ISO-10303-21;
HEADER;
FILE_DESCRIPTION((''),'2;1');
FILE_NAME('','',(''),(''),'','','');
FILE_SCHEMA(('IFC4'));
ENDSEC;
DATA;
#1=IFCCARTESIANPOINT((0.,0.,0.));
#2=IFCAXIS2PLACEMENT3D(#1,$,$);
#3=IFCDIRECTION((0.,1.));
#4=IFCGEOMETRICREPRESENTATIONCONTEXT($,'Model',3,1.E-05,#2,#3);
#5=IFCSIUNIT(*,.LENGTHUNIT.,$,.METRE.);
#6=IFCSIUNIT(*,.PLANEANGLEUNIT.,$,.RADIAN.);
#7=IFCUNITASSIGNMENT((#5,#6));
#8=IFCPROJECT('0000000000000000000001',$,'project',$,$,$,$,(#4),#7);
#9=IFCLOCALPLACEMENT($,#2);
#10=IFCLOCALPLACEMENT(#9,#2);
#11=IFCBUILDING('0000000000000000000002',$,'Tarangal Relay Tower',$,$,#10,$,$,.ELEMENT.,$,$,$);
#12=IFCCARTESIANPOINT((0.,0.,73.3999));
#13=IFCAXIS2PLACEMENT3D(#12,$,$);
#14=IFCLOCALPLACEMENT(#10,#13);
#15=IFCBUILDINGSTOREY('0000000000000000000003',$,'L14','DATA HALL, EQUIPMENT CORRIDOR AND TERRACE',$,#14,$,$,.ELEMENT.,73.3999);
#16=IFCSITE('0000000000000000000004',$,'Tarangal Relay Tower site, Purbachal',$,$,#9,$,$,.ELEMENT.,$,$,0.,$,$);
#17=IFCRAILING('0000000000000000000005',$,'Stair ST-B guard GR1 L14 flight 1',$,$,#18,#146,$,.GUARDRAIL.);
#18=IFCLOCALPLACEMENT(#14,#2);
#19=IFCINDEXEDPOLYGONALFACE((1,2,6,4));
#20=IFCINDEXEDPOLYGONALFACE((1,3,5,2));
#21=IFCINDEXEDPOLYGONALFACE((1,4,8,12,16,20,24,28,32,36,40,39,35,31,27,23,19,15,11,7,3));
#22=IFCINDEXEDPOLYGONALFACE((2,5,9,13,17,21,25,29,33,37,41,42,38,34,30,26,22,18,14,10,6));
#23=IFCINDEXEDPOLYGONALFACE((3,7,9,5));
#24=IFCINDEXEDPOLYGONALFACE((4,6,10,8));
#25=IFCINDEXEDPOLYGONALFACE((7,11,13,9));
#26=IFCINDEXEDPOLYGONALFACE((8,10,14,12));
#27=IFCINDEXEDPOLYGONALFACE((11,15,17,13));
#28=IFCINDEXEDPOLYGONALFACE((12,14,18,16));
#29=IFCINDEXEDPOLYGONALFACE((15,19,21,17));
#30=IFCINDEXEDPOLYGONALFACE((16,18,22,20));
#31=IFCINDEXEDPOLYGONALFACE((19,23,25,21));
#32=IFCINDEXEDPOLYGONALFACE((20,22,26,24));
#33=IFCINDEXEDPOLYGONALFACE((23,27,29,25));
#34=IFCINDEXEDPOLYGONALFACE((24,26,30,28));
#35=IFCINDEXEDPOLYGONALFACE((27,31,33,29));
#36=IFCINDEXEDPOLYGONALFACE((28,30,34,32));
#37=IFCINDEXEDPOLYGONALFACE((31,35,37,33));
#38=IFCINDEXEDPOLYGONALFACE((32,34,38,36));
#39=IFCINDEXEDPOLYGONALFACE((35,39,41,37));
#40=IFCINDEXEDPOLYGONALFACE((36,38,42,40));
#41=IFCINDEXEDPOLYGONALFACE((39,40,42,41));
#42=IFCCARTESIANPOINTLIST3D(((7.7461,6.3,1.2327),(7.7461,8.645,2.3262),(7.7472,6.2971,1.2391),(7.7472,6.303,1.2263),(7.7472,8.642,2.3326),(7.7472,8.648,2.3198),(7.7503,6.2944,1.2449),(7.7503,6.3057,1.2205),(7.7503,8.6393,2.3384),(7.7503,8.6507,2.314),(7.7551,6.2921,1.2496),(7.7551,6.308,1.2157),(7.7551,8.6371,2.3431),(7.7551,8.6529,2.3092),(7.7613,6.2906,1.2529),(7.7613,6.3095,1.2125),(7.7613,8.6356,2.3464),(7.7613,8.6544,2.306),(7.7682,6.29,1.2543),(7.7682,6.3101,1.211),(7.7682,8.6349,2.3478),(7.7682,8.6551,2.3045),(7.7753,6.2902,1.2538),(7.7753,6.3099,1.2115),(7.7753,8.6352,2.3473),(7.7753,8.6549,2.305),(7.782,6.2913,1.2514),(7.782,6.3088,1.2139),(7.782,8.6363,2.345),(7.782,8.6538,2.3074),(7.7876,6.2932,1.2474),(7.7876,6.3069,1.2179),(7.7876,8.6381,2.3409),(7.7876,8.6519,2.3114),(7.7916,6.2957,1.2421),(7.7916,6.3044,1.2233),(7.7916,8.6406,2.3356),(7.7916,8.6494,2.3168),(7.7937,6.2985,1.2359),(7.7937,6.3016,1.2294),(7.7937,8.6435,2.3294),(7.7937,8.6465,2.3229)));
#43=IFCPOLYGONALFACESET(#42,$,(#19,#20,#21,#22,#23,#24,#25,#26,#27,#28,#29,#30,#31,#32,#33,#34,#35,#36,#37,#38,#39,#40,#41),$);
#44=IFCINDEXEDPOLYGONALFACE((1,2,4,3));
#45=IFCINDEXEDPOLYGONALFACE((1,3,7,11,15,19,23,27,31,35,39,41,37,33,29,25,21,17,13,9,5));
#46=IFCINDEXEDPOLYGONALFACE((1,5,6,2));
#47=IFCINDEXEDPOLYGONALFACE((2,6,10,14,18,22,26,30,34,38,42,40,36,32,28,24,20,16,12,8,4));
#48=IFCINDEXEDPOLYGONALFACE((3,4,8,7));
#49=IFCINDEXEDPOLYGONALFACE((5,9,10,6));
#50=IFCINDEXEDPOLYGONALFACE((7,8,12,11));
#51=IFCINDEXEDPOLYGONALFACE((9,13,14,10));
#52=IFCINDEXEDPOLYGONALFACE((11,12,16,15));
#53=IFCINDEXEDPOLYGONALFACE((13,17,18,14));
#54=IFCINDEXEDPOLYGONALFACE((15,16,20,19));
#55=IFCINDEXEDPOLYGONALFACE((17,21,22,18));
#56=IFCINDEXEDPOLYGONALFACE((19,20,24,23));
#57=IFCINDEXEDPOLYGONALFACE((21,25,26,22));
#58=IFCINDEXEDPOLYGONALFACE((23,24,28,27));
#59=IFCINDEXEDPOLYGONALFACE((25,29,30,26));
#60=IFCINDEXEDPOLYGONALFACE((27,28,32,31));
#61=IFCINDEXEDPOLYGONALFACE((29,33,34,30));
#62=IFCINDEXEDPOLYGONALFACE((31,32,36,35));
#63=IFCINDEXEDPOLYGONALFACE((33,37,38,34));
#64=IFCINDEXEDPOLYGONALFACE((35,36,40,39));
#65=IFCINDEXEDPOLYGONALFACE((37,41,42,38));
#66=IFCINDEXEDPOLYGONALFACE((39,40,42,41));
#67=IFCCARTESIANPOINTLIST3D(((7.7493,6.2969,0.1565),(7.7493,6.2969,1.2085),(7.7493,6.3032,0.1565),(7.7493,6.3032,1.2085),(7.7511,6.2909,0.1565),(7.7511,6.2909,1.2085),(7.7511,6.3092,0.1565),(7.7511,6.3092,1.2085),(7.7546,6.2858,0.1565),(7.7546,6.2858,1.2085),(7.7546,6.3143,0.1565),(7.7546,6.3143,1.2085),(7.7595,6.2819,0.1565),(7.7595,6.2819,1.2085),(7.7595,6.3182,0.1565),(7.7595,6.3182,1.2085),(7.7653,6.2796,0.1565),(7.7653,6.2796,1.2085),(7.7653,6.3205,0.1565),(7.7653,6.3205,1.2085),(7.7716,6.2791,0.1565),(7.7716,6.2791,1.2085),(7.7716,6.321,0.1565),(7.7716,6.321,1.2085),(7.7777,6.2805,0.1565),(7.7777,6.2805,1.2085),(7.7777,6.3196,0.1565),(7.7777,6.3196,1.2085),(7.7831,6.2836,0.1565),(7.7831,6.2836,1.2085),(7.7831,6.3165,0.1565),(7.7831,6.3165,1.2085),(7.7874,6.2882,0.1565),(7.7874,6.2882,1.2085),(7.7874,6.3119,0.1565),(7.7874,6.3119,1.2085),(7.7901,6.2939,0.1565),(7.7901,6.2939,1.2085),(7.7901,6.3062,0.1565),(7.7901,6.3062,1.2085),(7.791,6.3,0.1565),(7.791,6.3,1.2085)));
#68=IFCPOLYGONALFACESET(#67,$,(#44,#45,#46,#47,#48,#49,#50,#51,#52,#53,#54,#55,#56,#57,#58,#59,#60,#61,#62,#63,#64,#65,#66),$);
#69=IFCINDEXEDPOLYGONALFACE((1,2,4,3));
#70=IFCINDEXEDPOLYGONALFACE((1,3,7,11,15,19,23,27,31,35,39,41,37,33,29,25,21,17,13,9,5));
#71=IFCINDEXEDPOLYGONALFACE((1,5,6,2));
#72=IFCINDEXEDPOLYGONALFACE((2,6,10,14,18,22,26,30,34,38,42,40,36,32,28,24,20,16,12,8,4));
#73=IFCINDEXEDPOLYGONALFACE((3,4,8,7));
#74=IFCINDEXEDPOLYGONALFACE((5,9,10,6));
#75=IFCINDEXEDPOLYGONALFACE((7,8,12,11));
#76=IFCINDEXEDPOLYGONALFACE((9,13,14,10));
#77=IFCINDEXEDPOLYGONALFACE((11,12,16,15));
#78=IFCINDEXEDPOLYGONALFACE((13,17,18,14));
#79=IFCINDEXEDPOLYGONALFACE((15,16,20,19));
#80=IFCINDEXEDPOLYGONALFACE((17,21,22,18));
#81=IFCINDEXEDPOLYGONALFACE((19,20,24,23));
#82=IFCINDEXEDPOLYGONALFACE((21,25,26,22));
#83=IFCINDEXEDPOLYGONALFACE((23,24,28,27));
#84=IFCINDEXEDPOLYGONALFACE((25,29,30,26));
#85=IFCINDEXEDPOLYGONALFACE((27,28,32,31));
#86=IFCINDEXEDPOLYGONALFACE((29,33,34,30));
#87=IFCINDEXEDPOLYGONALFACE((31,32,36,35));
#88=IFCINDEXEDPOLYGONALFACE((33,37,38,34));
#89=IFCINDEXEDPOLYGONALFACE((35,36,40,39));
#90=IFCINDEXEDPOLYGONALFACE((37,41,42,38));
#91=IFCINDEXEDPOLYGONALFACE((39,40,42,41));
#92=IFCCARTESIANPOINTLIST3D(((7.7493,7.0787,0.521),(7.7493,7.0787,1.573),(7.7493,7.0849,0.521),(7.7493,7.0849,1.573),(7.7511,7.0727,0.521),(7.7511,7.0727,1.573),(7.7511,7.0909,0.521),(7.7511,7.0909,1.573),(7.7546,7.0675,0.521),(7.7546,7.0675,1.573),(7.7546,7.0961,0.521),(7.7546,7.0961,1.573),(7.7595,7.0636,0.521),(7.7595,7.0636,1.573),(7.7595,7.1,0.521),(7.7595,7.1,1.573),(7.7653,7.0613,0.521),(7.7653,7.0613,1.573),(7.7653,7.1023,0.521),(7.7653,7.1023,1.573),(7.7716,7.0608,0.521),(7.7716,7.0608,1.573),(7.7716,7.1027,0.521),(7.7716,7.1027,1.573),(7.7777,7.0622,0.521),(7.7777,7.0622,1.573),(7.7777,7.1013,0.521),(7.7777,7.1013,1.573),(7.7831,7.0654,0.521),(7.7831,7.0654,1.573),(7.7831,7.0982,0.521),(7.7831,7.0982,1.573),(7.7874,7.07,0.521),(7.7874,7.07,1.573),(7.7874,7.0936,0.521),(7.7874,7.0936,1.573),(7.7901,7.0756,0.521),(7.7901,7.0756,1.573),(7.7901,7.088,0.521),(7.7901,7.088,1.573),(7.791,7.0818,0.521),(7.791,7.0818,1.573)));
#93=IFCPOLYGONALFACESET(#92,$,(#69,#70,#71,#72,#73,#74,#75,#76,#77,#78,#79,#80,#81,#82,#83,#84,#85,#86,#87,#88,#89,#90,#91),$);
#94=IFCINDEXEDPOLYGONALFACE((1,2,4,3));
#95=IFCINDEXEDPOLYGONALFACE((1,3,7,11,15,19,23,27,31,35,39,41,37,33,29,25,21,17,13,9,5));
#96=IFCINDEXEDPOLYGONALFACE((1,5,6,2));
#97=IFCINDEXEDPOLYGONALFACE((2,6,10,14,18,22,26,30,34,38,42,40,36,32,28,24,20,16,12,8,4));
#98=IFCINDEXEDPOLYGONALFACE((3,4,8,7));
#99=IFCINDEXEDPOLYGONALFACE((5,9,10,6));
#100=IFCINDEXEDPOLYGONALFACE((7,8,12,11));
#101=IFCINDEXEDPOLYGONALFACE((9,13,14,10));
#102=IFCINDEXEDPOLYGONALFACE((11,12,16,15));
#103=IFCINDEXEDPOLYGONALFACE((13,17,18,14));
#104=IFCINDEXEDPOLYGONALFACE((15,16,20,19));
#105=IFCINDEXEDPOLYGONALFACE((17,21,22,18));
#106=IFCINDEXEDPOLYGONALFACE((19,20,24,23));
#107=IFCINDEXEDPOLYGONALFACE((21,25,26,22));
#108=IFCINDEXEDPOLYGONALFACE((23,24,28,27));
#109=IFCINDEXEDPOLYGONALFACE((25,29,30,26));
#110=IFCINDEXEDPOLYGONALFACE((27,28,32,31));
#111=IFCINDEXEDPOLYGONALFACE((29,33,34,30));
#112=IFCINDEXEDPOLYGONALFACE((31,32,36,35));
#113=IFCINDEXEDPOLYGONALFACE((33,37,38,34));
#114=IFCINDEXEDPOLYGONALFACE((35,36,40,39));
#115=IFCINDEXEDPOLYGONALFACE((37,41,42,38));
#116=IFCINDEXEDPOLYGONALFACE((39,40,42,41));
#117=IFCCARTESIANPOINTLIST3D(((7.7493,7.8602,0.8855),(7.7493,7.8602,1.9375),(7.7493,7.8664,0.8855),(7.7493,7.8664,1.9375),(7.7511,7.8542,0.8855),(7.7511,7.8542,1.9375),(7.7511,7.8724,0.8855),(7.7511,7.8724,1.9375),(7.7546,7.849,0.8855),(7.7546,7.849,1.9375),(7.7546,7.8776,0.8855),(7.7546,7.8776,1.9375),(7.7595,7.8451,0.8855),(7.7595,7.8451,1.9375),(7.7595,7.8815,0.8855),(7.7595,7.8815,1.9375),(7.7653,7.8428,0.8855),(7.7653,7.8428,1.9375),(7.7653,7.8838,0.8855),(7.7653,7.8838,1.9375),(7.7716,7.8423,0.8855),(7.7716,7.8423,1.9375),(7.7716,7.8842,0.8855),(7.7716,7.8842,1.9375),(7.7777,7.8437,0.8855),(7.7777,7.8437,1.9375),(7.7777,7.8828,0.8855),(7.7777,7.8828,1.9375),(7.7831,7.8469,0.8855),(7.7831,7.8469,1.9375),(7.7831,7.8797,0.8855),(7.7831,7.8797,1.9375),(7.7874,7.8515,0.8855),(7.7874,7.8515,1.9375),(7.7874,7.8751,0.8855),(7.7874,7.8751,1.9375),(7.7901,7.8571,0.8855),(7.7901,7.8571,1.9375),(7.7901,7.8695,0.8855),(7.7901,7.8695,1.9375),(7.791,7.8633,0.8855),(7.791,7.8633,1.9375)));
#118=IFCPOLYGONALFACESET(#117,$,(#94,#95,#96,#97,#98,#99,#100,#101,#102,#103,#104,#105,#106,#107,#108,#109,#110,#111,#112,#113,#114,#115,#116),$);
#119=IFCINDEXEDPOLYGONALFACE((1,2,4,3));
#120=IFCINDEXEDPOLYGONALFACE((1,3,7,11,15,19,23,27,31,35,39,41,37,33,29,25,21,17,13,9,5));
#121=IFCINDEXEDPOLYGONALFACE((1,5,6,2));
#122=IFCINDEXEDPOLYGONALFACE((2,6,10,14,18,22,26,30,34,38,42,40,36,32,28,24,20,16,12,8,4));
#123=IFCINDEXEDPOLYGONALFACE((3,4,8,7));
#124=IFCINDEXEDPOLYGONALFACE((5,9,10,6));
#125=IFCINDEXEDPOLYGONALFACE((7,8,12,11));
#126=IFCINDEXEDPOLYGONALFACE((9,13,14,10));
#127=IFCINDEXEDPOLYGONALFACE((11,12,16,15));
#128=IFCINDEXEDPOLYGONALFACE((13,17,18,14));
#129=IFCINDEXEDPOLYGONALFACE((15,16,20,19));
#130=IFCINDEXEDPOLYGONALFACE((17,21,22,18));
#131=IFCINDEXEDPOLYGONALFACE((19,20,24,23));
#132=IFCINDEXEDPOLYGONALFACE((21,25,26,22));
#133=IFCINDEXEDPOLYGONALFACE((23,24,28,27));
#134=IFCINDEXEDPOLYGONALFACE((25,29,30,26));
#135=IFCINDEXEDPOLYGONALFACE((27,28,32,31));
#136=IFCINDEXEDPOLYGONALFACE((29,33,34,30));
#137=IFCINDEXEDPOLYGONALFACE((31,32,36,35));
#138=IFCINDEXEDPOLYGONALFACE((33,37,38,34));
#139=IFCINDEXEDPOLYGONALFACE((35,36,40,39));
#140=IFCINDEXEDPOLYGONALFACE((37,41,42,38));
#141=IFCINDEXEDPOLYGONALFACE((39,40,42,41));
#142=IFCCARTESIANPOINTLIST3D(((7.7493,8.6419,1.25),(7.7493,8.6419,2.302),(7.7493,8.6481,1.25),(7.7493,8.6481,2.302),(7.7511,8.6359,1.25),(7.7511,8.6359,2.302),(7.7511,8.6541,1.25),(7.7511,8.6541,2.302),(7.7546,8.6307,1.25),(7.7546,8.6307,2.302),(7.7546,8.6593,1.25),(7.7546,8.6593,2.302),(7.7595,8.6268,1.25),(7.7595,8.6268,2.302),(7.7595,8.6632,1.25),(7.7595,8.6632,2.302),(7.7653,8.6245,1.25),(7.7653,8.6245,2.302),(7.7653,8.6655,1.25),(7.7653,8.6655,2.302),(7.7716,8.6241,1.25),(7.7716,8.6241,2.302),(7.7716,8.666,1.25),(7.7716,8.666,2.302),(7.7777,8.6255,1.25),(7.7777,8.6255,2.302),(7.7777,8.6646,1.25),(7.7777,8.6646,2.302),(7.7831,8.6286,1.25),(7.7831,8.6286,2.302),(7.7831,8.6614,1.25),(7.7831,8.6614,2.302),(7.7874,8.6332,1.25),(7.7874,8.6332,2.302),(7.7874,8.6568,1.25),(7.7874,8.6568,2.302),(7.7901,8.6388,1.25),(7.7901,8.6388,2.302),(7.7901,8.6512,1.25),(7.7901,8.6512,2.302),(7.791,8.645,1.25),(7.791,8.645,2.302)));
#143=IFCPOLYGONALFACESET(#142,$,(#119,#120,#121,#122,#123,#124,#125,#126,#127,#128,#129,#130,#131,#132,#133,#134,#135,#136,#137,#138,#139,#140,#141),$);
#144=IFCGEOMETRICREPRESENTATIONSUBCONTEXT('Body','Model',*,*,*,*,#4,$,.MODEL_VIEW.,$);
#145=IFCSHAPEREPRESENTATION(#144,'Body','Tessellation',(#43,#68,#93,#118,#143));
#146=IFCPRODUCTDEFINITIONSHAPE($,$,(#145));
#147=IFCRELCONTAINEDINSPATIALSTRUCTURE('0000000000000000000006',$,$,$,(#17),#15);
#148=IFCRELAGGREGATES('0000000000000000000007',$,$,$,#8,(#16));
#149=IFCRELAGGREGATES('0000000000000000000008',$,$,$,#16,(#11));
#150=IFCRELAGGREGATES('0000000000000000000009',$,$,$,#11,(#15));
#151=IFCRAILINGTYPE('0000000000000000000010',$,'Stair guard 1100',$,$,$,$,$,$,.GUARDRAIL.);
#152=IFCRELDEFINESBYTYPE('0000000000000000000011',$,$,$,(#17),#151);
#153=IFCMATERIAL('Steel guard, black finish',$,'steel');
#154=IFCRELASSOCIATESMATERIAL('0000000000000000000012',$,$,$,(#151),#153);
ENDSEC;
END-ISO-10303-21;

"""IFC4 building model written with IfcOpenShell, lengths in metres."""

from ifc_helpers import new_model, si_unit, direction, frame, origin, origin_2d, place, context, subcontext, project, spatial, circle, extrude, material, type_object, element, save


model = new_model("IFC4")

# Units and contexts
model_context = context("Model", 3, precision=1e-05, world=origin(), true_north=direction((0.0, 1.0)))
body_context = subcontext(model_context, "Body", "Model", "MODEL_VIEW")
ifc_project = project(units=[si_unit("LENGTHUNIT", "METRE"), si_unit("PLANEANGLEUNIT", "RADIAN")], contexts=[model_context])

# Site, building, storey
site_placement = place(None, origin())
site = spatial("IfcSite", under=ifc_project, at=site_placement, Name="Tarangal Relay Tower site, Purbachal", CompositionType="ELEMENT", RefElevation=0.0)
building_placement = place(site_placement, origin())
building = spatial("IfcBuilding", under=site, at=building_placement, Name="Tarangal Relay Tower", CompositionType="ELEMENT")
storey_placement = place(building_placement, frame((0.0, 0.0, 73.3999)))
storey = spatial("IfcBuildingStorey", under=building, at=storey_placement, Name="L14", Description="DATA HALL, EQUIPMENT CORRIDOR AND TERRACE", CompositionType="ELEMENT", Elevation=73.3999)

# Railing
ifc_material_1 = material(Name="Steel guard, black finish", Category="steel")
railing_type_1 = type_object("IfcRailingType", Name="Stair guard 1100", PredefinedType="GUARDRAIL", material=ifc_material_1)
railing_1_placement = place(storey_placement, frame((7.77, 6.3, 0.1565)))
element("IfcRailing", 1, at=railing_1_placement, inside=storey, type_object=railing_type_1, Name="Stair ST-B guard GR1 L14 flight 1", PredefinedType="GUARDRAIL", context=body_context, shape_type="SweptSolid", body=[
    extrude(circle(Radius=0.0239, at=origin_2d()), frame((0.0, 0.0, 1.0762), z_axis=(0.0, 0.906304, 0.422627), x_axis=(-1.0, 0.0, 0.0)), (0.0, 0.0, 1.0), 2.5874),
    extrude(circle(Radius=0.021, at=origin_2d()), origin(), (0.0, 0.0, 1.0), 1.052),
    extrude(circle(Radius=0.021, at=origin_2d()), frame((0.0, 0.7817, 0.3645)), (0.0, 0.0, 1.0), 1.052),
    extrude(circle(Radius=0.021, at=origin_2d()), frame((0.0, 1.5632, 0.729)), (0.0, 0.0, 1.0), 1.052),
    extrude(circle(Radius=0.021, at=origin_2d()), frame((0.0, 2.345, 1.0935)), (0.0, 0.0, 1.0), 1.052),
])

save(model, "model.ifc")
